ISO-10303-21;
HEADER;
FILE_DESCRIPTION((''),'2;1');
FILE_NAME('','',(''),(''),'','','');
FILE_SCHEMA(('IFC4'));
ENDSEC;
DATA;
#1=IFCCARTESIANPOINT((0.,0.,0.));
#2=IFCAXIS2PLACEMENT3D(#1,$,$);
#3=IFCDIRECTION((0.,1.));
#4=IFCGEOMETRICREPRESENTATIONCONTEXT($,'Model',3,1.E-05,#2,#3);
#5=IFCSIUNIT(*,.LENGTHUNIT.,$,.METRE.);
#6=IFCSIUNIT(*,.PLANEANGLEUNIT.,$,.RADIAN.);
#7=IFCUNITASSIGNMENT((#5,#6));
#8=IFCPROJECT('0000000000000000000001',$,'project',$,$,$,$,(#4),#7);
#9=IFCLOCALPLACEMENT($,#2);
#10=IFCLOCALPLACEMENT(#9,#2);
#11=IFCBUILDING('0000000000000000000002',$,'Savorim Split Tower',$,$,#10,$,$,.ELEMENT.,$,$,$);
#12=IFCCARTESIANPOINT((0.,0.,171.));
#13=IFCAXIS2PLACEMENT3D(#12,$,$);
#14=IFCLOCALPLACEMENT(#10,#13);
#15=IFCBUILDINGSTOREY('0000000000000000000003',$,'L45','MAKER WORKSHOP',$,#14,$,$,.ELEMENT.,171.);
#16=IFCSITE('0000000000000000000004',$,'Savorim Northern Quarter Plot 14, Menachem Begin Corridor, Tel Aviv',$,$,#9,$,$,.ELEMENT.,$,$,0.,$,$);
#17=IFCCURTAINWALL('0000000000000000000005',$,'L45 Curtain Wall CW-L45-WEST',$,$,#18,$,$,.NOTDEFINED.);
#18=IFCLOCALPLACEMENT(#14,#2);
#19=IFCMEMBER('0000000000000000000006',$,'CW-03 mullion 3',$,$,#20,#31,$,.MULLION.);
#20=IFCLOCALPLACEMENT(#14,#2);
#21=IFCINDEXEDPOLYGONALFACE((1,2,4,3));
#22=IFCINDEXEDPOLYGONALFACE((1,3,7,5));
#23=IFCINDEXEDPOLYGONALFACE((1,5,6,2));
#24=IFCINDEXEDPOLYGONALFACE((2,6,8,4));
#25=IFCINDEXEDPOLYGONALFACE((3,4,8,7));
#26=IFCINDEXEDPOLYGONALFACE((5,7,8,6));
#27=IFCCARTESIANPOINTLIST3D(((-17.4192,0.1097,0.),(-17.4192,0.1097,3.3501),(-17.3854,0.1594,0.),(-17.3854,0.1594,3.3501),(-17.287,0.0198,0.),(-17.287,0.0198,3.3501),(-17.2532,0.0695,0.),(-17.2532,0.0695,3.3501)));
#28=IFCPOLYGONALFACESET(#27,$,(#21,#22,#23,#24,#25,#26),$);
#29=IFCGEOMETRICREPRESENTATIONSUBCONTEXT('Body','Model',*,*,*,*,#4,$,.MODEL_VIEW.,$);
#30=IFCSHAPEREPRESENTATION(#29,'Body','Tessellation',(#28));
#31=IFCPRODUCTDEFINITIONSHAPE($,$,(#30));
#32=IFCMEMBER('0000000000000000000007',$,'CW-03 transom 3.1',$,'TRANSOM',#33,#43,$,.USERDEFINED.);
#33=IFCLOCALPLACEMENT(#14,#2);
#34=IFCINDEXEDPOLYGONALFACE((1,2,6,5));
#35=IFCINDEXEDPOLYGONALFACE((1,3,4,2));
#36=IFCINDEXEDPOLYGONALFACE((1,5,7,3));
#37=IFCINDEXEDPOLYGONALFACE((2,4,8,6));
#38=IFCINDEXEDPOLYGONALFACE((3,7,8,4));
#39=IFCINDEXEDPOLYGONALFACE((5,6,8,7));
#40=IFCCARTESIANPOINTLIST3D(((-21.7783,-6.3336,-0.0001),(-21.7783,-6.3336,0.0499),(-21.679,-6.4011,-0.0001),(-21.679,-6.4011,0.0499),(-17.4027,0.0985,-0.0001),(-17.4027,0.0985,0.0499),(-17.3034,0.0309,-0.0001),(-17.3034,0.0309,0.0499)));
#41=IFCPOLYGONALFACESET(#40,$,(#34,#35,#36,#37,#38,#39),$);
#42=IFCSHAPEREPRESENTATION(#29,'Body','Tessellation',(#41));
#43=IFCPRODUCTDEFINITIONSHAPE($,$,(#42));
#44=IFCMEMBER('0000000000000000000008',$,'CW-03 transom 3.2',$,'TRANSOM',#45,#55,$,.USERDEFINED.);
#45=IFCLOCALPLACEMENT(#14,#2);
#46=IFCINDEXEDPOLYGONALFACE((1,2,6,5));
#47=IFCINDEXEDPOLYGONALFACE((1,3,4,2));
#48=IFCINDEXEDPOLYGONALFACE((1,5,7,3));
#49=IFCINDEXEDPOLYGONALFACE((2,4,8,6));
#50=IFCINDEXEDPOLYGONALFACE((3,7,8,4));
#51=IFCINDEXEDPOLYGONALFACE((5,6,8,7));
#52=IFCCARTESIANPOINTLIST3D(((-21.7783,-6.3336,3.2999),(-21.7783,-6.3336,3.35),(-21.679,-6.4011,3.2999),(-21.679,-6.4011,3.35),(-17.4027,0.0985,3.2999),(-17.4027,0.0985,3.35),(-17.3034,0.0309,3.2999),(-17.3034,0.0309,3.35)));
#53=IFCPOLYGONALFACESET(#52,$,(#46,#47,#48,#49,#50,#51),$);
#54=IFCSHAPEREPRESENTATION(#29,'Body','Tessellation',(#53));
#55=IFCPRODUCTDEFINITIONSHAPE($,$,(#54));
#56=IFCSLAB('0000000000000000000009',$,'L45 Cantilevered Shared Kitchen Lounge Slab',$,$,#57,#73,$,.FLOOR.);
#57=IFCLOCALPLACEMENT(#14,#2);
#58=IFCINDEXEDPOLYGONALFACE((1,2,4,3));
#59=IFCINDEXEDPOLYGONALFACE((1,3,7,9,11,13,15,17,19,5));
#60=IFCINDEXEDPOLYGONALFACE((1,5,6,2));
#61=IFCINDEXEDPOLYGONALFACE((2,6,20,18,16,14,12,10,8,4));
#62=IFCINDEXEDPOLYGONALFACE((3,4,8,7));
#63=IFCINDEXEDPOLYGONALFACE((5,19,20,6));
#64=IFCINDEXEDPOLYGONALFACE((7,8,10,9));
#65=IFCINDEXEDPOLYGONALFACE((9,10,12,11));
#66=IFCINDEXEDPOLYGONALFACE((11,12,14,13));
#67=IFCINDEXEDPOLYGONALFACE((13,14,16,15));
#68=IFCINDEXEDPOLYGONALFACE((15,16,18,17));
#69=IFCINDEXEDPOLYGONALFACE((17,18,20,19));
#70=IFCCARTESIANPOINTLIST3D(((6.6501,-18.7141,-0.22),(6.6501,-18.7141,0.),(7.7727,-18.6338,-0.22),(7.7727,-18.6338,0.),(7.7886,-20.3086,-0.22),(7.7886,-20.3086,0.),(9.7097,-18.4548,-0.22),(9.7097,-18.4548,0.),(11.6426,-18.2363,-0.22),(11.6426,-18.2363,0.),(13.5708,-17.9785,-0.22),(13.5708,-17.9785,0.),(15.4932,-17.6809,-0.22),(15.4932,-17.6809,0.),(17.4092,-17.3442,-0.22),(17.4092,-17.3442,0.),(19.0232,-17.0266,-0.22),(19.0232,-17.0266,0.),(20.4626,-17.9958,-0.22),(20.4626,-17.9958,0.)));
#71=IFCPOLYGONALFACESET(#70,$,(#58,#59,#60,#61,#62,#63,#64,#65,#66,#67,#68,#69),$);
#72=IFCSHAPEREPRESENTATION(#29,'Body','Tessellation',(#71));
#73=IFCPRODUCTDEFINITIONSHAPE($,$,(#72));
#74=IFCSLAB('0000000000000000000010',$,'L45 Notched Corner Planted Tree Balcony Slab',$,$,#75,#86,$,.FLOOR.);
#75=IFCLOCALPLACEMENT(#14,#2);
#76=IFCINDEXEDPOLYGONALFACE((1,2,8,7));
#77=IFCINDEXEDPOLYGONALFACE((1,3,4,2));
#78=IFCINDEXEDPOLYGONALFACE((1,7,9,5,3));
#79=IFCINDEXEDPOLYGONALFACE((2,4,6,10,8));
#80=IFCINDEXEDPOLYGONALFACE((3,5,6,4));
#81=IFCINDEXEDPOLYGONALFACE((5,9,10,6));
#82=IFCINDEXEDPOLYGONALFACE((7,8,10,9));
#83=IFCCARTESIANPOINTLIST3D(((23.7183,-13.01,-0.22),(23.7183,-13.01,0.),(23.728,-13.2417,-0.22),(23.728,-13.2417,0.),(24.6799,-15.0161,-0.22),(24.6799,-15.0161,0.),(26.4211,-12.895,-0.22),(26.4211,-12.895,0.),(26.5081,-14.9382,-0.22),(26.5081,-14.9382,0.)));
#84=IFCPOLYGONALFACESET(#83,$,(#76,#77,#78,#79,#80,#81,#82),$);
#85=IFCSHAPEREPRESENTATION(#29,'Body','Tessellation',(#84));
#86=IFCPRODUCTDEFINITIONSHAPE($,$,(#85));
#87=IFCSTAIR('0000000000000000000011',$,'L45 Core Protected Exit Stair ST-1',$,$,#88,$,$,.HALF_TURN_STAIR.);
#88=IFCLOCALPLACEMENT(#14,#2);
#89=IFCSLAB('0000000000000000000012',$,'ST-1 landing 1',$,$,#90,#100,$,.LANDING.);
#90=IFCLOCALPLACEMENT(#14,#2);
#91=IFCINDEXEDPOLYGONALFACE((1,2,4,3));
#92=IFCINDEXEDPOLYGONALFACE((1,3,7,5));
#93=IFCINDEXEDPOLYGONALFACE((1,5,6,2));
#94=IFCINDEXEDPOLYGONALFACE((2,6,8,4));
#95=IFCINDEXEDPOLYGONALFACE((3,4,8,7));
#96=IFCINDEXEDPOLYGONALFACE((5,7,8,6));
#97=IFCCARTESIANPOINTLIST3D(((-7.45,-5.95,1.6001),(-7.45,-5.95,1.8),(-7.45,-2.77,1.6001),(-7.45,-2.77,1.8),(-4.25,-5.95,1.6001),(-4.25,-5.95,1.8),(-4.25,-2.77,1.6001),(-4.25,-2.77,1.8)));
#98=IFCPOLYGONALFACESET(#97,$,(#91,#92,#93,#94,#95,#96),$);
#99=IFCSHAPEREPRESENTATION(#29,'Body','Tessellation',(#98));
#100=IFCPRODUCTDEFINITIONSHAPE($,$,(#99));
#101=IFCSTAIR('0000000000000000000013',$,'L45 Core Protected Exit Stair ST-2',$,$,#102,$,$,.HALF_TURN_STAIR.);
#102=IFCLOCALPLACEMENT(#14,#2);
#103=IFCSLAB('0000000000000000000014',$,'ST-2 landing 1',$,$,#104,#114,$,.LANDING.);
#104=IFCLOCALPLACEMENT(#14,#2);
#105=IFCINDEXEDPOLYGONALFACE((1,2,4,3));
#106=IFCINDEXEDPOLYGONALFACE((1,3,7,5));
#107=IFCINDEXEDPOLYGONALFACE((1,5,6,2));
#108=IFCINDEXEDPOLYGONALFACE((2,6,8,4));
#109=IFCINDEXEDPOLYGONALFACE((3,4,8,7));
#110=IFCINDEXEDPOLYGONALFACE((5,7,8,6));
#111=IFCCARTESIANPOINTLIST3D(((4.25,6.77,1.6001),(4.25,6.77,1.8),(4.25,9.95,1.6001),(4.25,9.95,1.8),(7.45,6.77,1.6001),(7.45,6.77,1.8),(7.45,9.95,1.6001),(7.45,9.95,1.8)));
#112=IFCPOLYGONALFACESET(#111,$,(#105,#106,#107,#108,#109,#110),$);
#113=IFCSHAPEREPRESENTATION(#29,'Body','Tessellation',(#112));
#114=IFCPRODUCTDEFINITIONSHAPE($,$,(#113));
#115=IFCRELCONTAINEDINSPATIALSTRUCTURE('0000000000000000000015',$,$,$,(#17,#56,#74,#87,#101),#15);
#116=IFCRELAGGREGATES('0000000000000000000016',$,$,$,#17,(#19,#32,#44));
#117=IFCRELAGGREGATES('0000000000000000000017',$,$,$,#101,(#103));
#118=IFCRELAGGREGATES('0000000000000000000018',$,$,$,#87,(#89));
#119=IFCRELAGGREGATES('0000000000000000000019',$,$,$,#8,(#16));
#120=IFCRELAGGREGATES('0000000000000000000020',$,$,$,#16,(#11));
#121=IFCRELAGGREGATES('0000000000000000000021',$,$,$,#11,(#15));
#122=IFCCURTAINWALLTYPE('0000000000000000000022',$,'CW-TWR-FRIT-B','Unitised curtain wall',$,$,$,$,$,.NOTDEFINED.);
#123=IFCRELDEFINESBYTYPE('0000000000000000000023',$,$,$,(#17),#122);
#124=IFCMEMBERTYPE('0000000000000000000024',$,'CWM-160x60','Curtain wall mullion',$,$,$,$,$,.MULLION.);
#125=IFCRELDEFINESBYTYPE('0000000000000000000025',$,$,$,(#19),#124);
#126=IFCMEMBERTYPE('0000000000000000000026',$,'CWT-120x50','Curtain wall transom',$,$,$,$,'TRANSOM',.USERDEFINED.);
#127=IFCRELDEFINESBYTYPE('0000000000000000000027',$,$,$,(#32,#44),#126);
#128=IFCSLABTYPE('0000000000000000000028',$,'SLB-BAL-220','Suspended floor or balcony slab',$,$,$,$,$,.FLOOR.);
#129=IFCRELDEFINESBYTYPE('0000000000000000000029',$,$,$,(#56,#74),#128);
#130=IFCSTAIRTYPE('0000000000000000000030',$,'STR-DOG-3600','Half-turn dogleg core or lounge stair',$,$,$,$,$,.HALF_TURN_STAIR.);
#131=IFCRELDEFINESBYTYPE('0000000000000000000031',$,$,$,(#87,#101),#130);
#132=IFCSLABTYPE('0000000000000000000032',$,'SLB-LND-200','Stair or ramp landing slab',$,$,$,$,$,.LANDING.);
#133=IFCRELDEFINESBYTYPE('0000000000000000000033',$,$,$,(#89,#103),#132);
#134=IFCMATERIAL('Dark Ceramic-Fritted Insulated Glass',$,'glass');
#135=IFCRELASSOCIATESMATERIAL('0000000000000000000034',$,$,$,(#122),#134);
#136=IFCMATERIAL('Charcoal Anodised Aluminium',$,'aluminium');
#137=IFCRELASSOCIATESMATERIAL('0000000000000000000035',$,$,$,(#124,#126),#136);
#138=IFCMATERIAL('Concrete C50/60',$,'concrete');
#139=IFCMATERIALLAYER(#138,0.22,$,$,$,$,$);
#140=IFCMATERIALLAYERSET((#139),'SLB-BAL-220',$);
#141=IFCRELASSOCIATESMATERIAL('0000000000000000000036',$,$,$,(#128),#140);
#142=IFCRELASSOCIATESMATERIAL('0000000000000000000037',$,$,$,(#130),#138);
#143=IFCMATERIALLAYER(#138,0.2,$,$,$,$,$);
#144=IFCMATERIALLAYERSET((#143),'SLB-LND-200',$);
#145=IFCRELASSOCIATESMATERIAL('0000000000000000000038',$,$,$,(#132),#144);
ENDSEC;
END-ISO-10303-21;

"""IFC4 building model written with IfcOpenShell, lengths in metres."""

from ifc_helpers import new_model, si_unit, direction, frame, origin, origin_2d, place, context, subcontext, project, spatial, polyline, rectangle, outline, extrude, material, layer, layer_set, material_profile, profile_set, type_object, element, aggregate, save


model = new_model("IFC4")

# Units and contexts
model_context = context("Model", 3, precision=1e-05, world=origin(), true_north=direction((0.0, 1.0)))
body_context = subcontext(model_context, "Body", "Model", "MODEL_VIEW")
ifc_project = project(units=[si_unit("LENGTHUNIT", "METRE"), si_unit("PLANEANGLEUNIT", "RADIAN")], contexts=[model_context])

# Site, building, storey
site_placement = place(None, origin())
site = spatial("IfcSite", under=ifc_project, at=site_placement, Name="Savorim Northern Quarter Plot 14, Menachem Begin Corridor, Tel Aviv", CompositionType="ELEMENT", RefElevation=0.0)
building_placement = place(site_placement, origin())
building = spatial("IfcBuilding", under=site, at=building_placement, Name="Savorim Split Tower", CompositionType="ELEMENT")
storey_placement = place(building_placement, frame((0.0, 0.0, 171.0)))
storey = spatial("IfcBuildingStorey", under=building, at=storey_placement, Name="L45", Description="MAKER WORKSHOP", CompositionType="ELEMENT", Elevation=171.0)

# Curtain wall, members
ifc_material_1 = material(Name="Dark Ceramic-Fritted Insulated Glass", Category="glass")
curtain_wall_type = type_object("IfcCurtainWallType", Name="CW-TWR-FRIT-B", Description="Unitised curtain wall", PredefinedType="NOTDEFINED", material=ifc_material_1)
curtain_wall_placement = place(storey_placement, origin())
curtain_wall = element("IfcCurtainWall", 1, at=curtain_wall_placement, inside=storey, type_object=curtain_wall_type, Name="L45 Curtain Wall CW-L45-WEST", PredefinedType="NOTDEFINED")
ifc_material_2 = material(Name="Charcoal Anodised Aluminium", Category="aluminium")
ifc_material_profile_1 = material_profile(ifc_material_2, rectangle(XDim=0.1599, YDim=0.0601, at=origin_2d()), Name="ALU-M 160x60")
ifc_profile_set_1 = profile_set([ifc_material_profile_1], Name="Charcoal Anodised Aluminium")
member_type_1 = type_object("IfcMemberType", Name="CWM-160x60", Description="Curtain wall mullion", PredefinedType="MULLION", material=ifc_profile_set_1)
member_1_placement = place(storey_placement, frame((-17.3362, 0.0896, 0.0), z_axis=(0.0, 0.0, 1.0), x_axis=(0.826819, -0.562468, 0.0)))
member_1 = element("IfcMember", 2, at=member_1_placement, type_object=member_type_1, Name="CW-03 mullion 3", PredefinedType="MULLION", context=body_context, shape_type="SweptSolid", body=[
    extrude(rectangle(XDim=0.1599, YDim=0.0601, at=origin_2d()), origin(), (0.0, 0.0, 1.0), 3.3501),
])
ifc_material_profile_2 = material_profile(ifc_material_2, rectangle(XDim=0.1201, YDim=0.05, at=origin_2d()), Name="ALU-T 120x50")
ifc_profile_set_2 = profile_set([ifc_material_profile_2], Name="Charcoal Anodised Aluminium")
member_type_2 = type_object("IfcMemberType", Name="CWT-120x50", Description="Curtain wall transom", ElementType="TRANSOM", PredefinedType="USERDEFINED", material=ifc_profile_set_2)
member_2_placement = place(storey_placement, frame((-17.353, 0.0647, 0.0249), z_axis=(-0.562476, -0.826814, 0.0), x_axis=(0.826814, -0.562476, 0.0)))
member_2 = element("IfcMember", 3, at=member_2_placement, type_object=member_type_2, Name="CW-03 transom 3.1", ObjectType="TRANSOM", PredefinedType="USERDEFINED", context=body_context, shape_type="SweptSolid", body=[
    extrude(rectangle(XDim=0.1201, YDim=0.05, at=origin_2d()), origin(), (0.0, 0.0, 1.0), 7.7793),
])
member_3_placement = place(storey_placement, frame((-17.353, 0.0647, 3.325), z_axis=(-0.562476, -0.826814, 0.0), x_axis=(0.826814, -0.562476, 0.0)))
member_3 = element("IfcMember", 4, at=member_3_placement, type_object=member_type_2, Name="CW-03 transom 3.2", ObjectType="TRANSOM", PredefinedType="USERDEFINED", context=body_context, shape_type="SweptSolid", body=[
    extrude(rectangle(XDim=0.1201, YDim=0.05, at=origin_2d()), origin(), (0.0, 0.0, 1.0), 7.7793),
])
aggregate(curtain_wall, [member_1, member_2, member_3])

# Slabs
ifc_material_3 = material(Name="Concrete C50/60", Category="concrete")
ifc_layer_1 = layer(ifc_material_3, 0.22)
ifc_layer_set_1 = layer_set([ifc_layer_1], Name="SLB-BAL-220")
slab_type_1 = type_object("IfcSlabType", Name="SLB-BAL-220", Description="Suspended floor or balcony slab", PredefinedType="FLOOR", material=ifc_layer_set_1)
slab_1_placement = place(storey_placement, frame((0.0, 0.0, -0.22)))
element("IfcSlab", 5, at=slab_1_placement, inside=storey, type_object=slab_type_1, Name="L45 Cantilevered Shared Kitchen Lounge Slab", PredefinedType="FLOOR", context=body_context, shape_type="SweptSolid", body=[
    extrude(outline(polyline([(19.0232, -17.0266), (17.4092, -17.3442), (15.4932, -17.6809), (13.5708, -17.9785), (11.6426, -18.2363), (9.7097, -18.4548), (7.7727, -18.6338), (6.6501, -18.7141), (7.7886, -20.3086), (20.4626, -17.9958), (19.0232, -17.0266)])), origin(), (0.0, 0.0, 1.0), 0.22),
])
slab_2_placement = place(storey_placement, frame((0.0, 0.0, -0.22)))
element("IfcSlab", 6, at=slab_2_placement, inside=storey, type_object=slab_type_1, Name="L45 Notched Corner Planted Tree Balcony Slab", PredefinedType="FLOOR", context=body_context, shape_type="SweptSolid", body=[
    extrude(outline(polyline([(26.4211, -12.895), (23.7183, -13.01), (23.728, -13.2417), (24.6799, -15.0161), (26.5081, -14.9382), (26.4211, -12.895)])), origin(), (0.0, 0.0, 1.0), 0.22),
])

# Stairs, slabs
stair_type = type_object("IfcStairType", Name="STR-DOG-3600", Description="Half-turn dogleg core or lounge stair", PredefinedType="HALF_TURN_STAIR", material=ifc_material_3)
stair_1_placement = place(storey_placement, origin())
stair_1 = element("IfcStair", 7, at=stair_1_placement, inside=storey, type_object=stair_type, Name="L45 Core Protected Exit Stair ST-1", PredefinedType="HALF_TURN_STAIR")
ifc_layer_2 = layer(ifc_material_3, 0.2)
ifc_layer_set_2 = layer_set([ifc_layer_2], Name="SLB-LND-200")
slab_type_2 = type_object("IfcSlabType", Name="SLB-LND-200", Description="Stair or ramp landing slab", PredefinedType="LANDING", material=ifc_layer_set_2)
slab_3_placement = place(storey_placement, frame((0.0, 0.0, 1.6001)))
slab_3 = element("IfcSlab", 8, at=slab_3_placement, type_object=slab_type_2, Name="ST-1 landing 1", PredefinedType="LANDING", context=body_context, shape_type="SweptSolid", body=[
    extrude(outline(polyline([(-7.45, -2.77), (-7.45, -5.95), (-4.25, -5.95), (-4.25, -2.77), (-7.45, -2.77)])), origin(), (0.0, 0.0, 1.0), 0.2),
])
stair_2_placement = place(storey_placement, origin())
stair_2 = element("IfcStair", 9, at=stair_2_placement, inside=storey, type_object=stair_type, Name="L45 Core Protected Exit Stair ST-2", PredefinedType="HALF_TURN_STAIR")
slab_4_placement = place(storey_placement, frame((0.0, 0.0, 1.6001)))
slab_4 = element("IfcSlab", 10, at=slab_4_placement, type_object=slab_type_2, Name="ST-2 landing 1", PredefinedType="LANDING", context=body_context, shape_type="SweptSolid", body=[
    extrude(outline(polyline([(7.45, 6.77), (7.45, 9.95), (4.25, 9.95), (4.25, 6.77), (7.45, 6.77)])), origin(), (0.0, 0.0, 1.0), 0.2),
])
aggregate(stair_2, [slab_4])

aggregate(stair_1, [slab_3])

save(model, "model.ifc")
